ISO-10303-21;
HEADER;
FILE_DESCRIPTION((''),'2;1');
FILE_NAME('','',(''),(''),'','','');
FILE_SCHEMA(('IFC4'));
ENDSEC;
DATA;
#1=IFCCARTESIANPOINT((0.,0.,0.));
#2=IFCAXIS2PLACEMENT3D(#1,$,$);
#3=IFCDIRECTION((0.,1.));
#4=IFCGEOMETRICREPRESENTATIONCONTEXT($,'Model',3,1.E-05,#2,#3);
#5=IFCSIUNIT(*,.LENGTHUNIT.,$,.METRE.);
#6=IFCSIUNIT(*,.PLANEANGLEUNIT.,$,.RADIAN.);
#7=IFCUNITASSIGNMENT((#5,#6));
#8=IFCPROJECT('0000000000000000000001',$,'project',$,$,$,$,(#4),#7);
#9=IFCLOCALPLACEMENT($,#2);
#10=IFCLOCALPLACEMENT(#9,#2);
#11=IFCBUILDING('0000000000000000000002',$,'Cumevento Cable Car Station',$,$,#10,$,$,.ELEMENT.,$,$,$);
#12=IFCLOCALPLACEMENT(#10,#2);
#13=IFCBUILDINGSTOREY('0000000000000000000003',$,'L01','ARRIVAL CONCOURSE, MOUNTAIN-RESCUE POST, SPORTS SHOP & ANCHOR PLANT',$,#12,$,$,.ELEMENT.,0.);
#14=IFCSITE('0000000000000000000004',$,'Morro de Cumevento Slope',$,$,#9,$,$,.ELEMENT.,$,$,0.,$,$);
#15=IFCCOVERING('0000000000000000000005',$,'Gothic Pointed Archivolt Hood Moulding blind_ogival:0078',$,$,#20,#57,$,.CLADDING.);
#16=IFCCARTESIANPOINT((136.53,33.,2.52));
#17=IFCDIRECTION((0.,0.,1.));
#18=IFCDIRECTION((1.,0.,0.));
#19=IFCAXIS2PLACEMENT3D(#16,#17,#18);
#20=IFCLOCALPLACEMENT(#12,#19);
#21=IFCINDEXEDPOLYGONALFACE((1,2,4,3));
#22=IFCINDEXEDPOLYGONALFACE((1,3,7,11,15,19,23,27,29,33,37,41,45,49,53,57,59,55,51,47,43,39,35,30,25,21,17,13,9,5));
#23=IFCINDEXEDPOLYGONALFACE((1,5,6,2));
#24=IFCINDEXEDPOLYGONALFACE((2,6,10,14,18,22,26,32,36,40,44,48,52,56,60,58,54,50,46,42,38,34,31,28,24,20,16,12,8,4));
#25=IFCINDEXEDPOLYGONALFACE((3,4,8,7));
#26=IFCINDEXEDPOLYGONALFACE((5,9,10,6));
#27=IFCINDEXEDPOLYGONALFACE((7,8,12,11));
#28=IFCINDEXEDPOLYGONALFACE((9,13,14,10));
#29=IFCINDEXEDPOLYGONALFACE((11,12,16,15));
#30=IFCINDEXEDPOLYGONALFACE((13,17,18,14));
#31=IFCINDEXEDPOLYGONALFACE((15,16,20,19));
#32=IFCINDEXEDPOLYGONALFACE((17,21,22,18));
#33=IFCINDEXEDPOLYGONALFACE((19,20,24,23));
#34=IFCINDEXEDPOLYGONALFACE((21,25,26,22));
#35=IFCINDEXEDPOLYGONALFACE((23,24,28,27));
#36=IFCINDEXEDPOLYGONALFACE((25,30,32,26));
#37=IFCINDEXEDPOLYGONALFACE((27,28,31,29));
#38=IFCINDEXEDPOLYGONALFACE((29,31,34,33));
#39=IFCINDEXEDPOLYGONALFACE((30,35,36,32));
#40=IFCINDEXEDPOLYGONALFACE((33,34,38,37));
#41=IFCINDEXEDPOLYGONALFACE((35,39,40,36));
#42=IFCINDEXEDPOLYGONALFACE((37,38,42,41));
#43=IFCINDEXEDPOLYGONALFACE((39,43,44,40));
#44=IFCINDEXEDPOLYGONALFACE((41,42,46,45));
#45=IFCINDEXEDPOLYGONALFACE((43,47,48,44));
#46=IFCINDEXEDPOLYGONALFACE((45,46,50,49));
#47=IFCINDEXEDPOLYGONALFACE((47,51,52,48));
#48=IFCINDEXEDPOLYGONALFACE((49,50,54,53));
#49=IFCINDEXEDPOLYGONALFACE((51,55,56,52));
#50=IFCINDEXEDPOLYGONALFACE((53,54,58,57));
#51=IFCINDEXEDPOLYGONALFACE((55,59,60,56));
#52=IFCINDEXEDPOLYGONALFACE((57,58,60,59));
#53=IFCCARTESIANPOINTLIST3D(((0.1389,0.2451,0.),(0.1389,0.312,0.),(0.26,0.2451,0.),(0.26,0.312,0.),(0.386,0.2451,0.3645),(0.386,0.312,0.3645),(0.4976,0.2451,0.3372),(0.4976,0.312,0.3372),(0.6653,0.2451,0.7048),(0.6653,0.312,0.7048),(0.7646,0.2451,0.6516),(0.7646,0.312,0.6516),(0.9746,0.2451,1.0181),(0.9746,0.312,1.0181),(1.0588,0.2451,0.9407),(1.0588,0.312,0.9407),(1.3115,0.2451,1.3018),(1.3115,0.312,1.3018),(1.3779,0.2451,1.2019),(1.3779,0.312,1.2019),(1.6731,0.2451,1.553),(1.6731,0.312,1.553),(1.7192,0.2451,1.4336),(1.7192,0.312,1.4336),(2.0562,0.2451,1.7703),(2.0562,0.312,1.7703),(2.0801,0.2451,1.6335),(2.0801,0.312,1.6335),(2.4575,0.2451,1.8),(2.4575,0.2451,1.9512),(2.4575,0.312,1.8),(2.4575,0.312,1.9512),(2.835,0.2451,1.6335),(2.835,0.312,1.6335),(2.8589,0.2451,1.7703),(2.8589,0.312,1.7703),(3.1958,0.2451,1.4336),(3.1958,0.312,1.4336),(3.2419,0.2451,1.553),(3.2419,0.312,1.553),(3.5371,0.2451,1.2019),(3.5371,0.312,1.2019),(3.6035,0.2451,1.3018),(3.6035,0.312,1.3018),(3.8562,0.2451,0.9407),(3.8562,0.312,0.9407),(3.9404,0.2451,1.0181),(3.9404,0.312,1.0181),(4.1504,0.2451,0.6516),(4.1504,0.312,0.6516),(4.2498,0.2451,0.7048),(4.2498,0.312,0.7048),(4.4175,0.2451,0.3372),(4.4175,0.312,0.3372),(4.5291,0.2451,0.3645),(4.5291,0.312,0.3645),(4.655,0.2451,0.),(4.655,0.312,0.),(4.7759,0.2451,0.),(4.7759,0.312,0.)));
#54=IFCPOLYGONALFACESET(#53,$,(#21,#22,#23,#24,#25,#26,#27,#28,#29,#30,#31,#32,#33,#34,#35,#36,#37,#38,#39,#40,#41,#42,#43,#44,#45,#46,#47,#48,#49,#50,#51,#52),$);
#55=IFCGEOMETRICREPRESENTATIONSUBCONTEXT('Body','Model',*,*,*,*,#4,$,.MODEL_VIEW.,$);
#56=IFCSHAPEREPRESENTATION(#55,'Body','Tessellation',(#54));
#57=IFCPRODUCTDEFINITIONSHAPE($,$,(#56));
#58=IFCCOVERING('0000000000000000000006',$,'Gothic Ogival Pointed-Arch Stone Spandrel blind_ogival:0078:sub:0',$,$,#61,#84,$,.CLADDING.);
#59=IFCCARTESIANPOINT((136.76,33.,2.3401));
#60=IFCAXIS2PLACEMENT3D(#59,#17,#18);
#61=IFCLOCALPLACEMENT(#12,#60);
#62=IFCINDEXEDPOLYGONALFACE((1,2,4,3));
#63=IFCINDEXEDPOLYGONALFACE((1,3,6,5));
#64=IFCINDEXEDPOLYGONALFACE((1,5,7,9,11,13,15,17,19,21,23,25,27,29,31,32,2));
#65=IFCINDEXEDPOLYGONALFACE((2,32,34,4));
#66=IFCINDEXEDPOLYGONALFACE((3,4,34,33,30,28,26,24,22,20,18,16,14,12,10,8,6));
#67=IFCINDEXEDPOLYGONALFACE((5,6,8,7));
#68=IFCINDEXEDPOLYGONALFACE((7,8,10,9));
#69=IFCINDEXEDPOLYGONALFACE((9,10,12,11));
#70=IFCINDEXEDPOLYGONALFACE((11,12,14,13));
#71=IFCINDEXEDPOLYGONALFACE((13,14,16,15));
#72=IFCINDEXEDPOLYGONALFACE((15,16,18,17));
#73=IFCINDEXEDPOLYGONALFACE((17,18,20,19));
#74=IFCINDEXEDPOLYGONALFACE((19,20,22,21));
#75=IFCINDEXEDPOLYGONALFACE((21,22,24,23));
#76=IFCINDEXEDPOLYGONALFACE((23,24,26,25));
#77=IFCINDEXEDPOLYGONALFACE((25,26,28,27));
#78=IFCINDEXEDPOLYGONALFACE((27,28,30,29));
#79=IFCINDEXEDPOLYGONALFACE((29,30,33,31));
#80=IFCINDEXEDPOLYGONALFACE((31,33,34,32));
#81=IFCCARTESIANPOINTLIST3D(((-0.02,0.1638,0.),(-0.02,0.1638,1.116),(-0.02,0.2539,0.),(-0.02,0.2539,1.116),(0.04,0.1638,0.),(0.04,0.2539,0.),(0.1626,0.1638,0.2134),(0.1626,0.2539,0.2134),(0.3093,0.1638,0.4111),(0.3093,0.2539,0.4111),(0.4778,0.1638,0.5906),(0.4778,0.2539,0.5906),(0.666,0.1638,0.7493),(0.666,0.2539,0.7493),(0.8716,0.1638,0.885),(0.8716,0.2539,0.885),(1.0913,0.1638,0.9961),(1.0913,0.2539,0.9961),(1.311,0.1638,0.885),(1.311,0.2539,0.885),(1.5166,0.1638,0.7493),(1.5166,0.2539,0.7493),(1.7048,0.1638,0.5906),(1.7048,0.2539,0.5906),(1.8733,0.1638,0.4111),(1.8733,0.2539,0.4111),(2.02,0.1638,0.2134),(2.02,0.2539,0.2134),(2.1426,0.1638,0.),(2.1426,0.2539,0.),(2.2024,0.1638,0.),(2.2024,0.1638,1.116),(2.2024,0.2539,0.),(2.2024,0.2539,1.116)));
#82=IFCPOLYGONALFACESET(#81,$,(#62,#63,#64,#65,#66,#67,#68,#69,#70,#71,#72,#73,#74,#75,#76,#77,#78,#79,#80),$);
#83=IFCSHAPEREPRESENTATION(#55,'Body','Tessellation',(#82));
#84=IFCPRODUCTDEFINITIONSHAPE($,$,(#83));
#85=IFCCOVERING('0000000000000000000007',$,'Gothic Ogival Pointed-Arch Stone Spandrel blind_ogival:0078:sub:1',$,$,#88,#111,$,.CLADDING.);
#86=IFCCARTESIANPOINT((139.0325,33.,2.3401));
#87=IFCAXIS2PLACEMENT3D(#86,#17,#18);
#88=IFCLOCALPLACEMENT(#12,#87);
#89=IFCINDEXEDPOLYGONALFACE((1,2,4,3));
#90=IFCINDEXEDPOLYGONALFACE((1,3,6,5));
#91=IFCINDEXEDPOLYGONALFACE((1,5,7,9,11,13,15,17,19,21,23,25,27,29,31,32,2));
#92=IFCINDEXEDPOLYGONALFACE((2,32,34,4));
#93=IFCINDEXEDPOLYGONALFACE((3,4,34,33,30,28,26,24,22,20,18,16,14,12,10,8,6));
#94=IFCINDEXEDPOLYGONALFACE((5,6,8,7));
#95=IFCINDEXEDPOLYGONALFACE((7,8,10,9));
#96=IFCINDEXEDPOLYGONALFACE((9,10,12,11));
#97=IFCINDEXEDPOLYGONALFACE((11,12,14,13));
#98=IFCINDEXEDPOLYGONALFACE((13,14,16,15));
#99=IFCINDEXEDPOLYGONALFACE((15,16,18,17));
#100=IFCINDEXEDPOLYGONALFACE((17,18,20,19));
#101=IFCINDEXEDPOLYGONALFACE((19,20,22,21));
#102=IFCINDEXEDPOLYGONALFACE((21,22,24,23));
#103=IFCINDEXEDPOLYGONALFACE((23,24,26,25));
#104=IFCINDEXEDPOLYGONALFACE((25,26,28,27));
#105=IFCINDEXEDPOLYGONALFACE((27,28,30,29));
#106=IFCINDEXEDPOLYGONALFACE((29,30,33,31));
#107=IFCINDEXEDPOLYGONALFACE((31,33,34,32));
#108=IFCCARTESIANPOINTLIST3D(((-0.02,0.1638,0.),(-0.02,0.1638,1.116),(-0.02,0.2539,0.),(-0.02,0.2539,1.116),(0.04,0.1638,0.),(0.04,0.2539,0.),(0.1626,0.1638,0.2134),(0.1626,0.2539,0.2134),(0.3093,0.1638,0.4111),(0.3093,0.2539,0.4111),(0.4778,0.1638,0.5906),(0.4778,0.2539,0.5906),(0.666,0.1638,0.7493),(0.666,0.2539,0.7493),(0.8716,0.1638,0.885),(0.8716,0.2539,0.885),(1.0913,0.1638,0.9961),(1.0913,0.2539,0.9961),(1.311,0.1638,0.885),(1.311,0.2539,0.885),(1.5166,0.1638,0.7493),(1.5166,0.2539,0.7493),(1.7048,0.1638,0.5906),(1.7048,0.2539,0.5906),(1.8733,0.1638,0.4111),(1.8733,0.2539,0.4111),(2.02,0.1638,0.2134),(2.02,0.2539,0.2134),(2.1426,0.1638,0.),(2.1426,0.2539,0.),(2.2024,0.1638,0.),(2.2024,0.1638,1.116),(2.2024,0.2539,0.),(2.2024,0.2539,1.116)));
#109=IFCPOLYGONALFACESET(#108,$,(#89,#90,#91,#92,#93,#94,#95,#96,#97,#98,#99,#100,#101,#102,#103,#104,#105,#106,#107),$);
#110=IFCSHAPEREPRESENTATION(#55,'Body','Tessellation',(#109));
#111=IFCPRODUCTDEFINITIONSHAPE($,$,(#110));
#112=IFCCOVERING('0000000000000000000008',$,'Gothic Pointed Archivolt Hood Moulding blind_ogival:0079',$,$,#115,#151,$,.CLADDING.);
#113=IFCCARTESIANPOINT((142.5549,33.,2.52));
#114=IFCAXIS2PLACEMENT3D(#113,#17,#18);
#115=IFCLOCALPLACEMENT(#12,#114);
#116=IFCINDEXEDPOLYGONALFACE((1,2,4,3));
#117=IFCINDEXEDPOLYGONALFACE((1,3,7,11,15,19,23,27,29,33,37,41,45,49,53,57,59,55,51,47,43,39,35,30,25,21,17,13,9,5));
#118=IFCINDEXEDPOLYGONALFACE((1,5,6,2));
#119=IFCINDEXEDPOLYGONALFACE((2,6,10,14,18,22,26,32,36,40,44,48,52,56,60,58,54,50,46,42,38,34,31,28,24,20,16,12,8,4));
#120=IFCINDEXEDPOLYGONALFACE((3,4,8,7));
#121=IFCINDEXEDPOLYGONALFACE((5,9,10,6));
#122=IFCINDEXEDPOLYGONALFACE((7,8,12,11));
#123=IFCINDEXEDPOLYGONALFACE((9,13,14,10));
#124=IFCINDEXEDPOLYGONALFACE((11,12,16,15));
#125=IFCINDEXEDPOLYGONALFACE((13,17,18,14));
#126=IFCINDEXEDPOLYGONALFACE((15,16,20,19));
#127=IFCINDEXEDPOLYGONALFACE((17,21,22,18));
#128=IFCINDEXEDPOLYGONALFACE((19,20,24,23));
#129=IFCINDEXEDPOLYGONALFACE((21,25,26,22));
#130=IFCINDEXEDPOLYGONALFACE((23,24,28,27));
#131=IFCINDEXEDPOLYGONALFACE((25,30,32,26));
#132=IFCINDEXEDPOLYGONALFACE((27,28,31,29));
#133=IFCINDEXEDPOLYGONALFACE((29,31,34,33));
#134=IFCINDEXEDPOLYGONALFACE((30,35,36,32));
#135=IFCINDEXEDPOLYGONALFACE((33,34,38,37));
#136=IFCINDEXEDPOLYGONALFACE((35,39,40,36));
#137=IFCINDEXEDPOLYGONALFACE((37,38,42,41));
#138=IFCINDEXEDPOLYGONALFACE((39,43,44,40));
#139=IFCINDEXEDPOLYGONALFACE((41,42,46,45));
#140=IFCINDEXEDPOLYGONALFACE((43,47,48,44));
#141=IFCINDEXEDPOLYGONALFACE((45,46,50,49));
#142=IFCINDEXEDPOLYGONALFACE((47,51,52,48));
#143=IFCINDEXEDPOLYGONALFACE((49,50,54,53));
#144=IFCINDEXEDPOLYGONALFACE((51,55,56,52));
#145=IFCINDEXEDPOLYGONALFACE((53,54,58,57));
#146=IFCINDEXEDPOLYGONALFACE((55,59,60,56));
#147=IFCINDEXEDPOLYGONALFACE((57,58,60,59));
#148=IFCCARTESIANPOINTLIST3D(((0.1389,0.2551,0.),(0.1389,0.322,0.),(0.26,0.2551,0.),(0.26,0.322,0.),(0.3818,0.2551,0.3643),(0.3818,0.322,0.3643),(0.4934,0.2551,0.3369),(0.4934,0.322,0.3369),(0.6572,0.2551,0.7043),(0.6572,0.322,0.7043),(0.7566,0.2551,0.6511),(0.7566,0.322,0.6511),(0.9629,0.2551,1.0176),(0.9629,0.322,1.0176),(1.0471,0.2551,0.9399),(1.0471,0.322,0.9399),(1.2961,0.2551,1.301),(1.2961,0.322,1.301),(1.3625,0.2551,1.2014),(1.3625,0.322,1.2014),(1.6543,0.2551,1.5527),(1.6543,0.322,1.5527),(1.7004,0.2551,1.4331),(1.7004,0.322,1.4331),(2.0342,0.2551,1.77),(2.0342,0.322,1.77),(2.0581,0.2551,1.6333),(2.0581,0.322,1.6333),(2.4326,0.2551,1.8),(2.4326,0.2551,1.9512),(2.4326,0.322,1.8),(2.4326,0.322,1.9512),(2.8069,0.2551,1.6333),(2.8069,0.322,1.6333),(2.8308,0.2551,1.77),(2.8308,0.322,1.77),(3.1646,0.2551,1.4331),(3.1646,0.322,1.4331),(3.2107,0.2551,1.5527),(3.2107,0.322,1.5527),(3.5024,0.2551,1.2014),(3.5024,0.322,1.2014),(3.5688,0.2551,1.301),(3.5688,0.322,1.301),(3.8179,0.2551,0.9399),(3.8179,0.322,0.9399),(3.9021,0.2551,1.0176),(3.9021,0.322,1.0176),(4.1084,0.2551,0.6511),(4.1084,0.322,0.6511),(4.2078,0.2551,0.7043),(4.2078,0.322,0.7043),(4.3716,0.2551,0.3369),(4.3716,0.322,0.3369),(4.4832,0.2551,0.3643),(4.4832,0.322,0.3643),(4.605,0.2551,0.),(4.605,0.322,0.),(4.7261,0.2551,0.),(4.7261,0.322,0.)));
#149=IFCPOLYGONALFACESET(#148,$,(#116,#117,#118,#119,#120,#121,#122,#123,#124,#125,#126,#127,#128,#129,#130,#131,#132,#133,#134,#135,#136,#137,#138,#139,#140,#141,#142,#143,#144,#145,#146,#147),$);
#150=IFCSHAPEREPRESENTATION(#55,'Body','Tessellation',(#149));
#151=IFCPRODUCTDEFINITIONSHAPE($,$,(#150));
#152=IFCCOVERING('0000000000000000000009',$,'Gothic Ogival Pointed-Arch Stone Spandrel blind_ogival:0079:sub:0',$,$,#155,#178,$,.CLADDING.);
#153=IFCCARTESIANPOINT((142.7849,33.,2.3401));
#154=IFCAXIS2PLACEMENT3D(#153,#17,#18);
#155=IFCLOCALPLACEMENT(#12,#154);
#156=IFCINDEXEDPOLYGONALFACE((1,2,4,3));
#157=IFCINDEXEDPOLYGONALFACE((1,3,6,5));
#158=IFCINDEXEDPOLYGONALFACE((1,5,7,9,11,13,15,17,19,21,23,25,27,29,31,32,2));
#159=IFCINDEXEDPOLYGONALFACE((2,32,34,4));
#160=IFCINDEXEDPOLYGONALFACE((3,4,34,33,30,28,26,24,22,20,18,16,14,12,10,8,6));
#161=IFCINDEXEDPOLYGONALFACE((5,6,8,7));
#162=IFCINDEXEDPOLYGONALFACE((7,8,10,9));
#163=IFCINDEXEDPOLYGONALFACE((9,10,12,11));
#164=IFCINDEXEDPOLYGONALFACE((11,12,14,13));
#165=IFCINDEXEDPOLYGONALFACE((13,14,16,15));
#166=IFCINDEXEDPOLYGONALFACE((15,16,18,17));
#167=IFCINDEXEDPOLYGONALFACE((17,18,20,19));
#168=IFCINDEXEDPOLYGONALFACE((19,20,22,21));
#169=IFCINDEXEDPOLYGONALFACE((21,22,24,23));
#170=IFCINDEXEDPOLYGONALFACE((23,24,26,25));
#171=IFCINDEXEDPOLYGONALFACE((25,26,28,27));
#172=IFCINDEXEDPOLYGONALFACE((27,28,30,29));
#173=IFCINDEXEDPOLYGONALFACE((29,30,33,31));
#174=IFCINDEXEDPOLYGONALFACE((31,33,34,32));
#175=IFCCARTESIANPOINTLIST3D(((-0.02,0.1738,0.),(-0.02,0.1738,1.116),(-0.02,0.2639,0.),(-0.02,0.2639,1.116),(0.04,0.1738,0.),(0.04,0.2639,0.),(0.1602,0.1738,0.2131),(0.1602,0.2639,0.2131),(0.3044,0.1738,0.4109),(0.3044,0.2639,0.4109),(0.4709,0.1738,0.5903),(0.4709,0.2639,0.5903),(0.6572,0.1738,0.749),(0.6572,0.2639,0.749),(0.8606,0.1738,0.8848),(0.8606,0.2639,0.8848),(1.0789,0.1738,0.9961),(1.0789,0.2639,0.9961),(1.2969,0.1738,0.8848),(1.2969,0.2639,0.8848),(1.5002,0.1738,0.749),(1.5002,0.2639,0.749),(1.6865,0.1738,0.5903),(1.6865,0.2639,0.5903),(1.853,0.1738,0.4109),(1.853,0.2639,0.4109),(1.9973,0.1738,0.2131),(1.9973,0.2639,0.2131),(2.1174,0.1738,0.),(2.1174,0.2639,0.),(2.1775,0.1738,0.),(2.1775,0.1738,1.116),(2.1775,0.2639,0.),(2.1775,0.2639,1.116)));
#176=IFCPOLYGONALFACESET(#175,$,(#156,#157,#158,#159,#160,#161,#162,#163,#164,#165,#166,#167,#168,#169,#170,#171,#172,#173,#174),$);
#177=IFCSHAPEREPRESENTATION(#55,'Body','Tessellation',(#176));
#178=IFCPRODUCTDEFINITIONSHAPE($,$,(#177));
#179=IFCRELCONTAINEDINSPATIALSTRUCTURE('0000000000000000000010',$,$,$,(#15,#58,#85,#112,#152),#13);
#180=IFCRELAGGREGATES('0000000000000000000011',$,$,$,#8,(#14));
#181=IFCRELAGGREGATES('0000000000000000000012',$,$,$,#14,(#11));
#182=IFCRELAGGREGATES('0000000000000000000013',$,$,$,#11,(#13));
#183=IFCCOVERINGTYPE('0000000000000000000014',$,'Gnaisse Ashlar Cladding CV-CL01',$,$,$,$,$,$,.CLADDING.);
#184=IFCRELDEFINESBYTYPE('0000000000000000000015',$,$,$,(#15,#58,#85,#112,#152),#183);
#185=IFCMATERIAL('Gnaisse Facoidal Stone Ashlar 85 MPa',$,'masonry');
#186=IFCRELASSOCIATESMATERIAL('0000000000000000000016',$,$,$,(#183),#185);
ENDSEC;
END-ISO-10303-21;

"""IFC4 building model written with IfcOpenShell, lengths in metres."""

from ifc_helpers import new_model, si_unit, direction, frame, origin, place, context, subcontext, project, spatial, polyline, outline, extrude, material, type_object, element, save


model = new_model("IFC4")

# Units and contexts
model_context = context("Model", 3, precision=1e-05, world=origin(), true_north=direction((0.0, 1.0)))
body_context = subcontext(model_context, "Body", "Model", "MODEL_VIEW")
ifc_project = project(units=[si_unit("LENGTHUNIT", "METRE"), si_unit("PLANEANGLEUNIT", "RADIAN")], contexts=[model_context])

# Site, building, storey
site_placement = place(None, origin())
site = spatial("IfcSite", under=ifc_project, at=site_placement, Name="Morro de Cumevento Slope", CompositionType="ELEMENT", RefElevation=0.0)
building_placement = place(site_placement, origin())
building = spatial("IfcBuilding", under=site, at=building_placement, Name="Cumevento Cable Car Station", CompositionType="ELEMENT")
storey_placement = place(building_placement, origin())
storey = spatial("IfcBuildingStorey", under=building, at=storey_placement, Name="L01", Description="ARRIVAL CONCOURSE, MOUNTAIN-RESCUE POST, SPORTS SHOP & ANCHOR PLANT", CompositionType="ELEMENT", Elevation=0.0)

# Coverings
ifc_material_1 = material(Name="Gnaisse Facoidal Stone Ashlar 85 MPa", Category="masonry")
covering_type = type_object("IfcCoveringType", Name="Gnaisse Ashlar Cladding CV-CL01", PredefinedType="CLADDING", material=ifc_material_1)
covering_1_placement = place(storey_placement, frame((136.53, 33.0, 2.52), z_axis=(0.0, 0.0, 1.0), x_axis=(1.0, 0.0, 0.0)))
element("IfcCovering", 1, at=covering_1_placement, inside=storey, type_object=covering_type, Name="Gothic Pointed Archivolt Hood Moulding blind_ogival:0078", PredefinedType="CLADDING", context=body_context, shape_type="SweptSolid", body=[
    extrude(outline(polyline([(0.26, 0.0), (0.4976, 0.3372), (0.7646, 0.6516), (1.0588, 0.9407), (1.3779, 1.2019), (1.7192, 1.4336), (2.0801, 1.6335), (2.4575, 1.8), (2.835, 1.6335), (3.1958, 1.4336), (3.5371, 1.2019), (3.8562, 0.9407), (4.1504, 0.6516), (4.4175, 0.3372), (4.655, 0.0), (4.7759, 0.0), (4.5291, 0.3645), (4.2498, 0.7048), (3.9404, 1.0181), (3.6035, 1.3018), (3.2419, 1.553), (2.8589, 1.7703), (2.4575, 1.9512), (2.0562, 1.7703), (1.6731, 1.553), (1.3115, 1.3018), (0.9746, 1.0181), (0.6653, 0.7048), (0.386, 0.3645), (0.1389, 0.0), (0.26, 0.0)])), frame((0.0, 0.312, 0.0), z_axis=(0.0, -1.0, 0.0), x_axis=(1.0, 0.0, 0.0)), (0.0, 0.0, 1.0), 0.0669),
])
for number, where, z_axis, x_axis, name in (
    (2, (136.76, 33.0, 2.3401), (0.0, 0.0, 1.0), (1.0, 0.0, 0.0), "Gothic Ogival Pointed-Arch Stone Spandrel blind_ogival:0078:sub:0"),
    (3, (139.0325, 33.0, 2.3401), (0.0, 0.0, 1.0), (1.0, 0.0, 0.0), "Gothic Ogival Pointed-Arch Stone Spandrel blind_ogival:0078:sub:1"),
):
    element("IfcCovering", number, at=place(storey_placement, frame(where, z_axis=z_axis, x_axis=x_axis)), inside=storey, type_object=covering_type, Name=name, PredefinedType="CLADDING", context=body_context, shape_type="SweptSolid", body=[
        extrude(outline(polyline([(-0.02, 0.0), (-0.02, 1.116), (2.2024, 1.116), (2.2024, 0.0), (2.1426, 0.0), (2.02, 0.2134), (1.8733, 0.4111), (1.7048, 0.5906), (1.5166, 0.7493), (1.311, 0.885), (1.0913, 0.9961), (0.8716, 0.885), (0.666, 0.7493), (0.4778, 0.5906), (0.3093, 0.4111), (0.1626, 0.2134), (0.04, 0.0), (-0.02, 0.0)])), frame((0.0, 0.2539, 0.0), z_axis=(0.0, -1.0, 0.0), x_axis=(1.0, 0.0, 0.0)), (0.0, 0.0, 1.0), 0.0901),
    ])
covering_2_placement = place(storey_placement, frame((142.5549, 33.0, 2.52), z_axis=(0.0, 0.0, 1.0), x_axis=(1.0, 0.0, 0.0)))
element("IfcCovering", 4, at=covering_2_placement, inside=storey, type_object=covering_type, Name="Gothic Pointed Archivolt Hood Moulding blind_ogival:0079", PredefinedType="CLADDING", context=body_context, shape_type="SweptSolid", body=[
    extrude(outline(polyline([(0.26, 0.0), (0.4934, 0.3369), (0.7566, 0.6511), (1.0471, 0.9399), (1.3625, 1.2014), (1.7004, 1.4331), (2.0581, 1.6333), (2.4326, 1.8), (2.8069, 1.6333), (3.1646, 1.4331), (3.5024, 1.2014), (3.8179, 0.9399), (4.1084, 0.6511), (4.3716, 0.3369), (4.605, 0.0), (4.7261, 0.0), (4.4832, 0.3643), (4.2078, 0.7043), (3.9021, 1.0176), (3.5688, 1.301), (3.2107, 1.5527), (2.8308, 1.77), (2.4326, 1.9512), (2.0342, 1.77), (1.6543, 1.5527), (1.2961, 1.301), (0.9629, 1.0176), (0.6572, 0.7043), (0.3818, 0.3643), (0.1389, 0.0), (0.26, 0.0)])), frame((0.0, 0.322, 0.0), z_axis=(0.0, -1.0, 0.0), x_axis=(1.0, 0.0, 0.0)), (0.0, 0.0, 1.0), 0.0669),
])
for number, where, z_axis, x_axis, name in (
    (5, (142.7849, 33.0, 2.3401), (0.0, 0.0, 1.0), (1.0, 0.0, 0.0), "Gothic Ogival Pointed-Arch Stone Spandrel blind_ogival:0079:sub:0"),
):
    element("IfcCovering", number, at=place(storey_placement, frame(where, z_axis=z_axis, x_axis=x_axis)), inside=storey, type_object=covering_type, Name=name, PredefinedType="CLADDING", context=body_context, shape_type="SweptSolid", body=[
        extrude(outline(polyline([(-0.02, 0.0), (-0.02, 1.116), (2.1775, 1.116), (2.1775, 0.0), (2.1174, 0.0), (1.9973, 0.2131), (1.853, 0.4109), (1.6865, 0.5903), (1.5002, 0.749), (1.2969, 0.8848), (1.0789, 0.9961), (0.8606, 0.8848), (0.6572, 0.749), (0.4709, 0.5903), (0.3044, 0.4109), (0.1602, 0.2131), (0.04, 0.0), (-0.02, 0.0)])), frame((0.0, 0.2639, 0.0), z_axis=(0.0, -1.0, 0.0), x_axis=(1.0, 0.0, 0.0)), (0.0, 0.0, 1.0), 0.0901),
    ])

save(model, "model.ifc")
